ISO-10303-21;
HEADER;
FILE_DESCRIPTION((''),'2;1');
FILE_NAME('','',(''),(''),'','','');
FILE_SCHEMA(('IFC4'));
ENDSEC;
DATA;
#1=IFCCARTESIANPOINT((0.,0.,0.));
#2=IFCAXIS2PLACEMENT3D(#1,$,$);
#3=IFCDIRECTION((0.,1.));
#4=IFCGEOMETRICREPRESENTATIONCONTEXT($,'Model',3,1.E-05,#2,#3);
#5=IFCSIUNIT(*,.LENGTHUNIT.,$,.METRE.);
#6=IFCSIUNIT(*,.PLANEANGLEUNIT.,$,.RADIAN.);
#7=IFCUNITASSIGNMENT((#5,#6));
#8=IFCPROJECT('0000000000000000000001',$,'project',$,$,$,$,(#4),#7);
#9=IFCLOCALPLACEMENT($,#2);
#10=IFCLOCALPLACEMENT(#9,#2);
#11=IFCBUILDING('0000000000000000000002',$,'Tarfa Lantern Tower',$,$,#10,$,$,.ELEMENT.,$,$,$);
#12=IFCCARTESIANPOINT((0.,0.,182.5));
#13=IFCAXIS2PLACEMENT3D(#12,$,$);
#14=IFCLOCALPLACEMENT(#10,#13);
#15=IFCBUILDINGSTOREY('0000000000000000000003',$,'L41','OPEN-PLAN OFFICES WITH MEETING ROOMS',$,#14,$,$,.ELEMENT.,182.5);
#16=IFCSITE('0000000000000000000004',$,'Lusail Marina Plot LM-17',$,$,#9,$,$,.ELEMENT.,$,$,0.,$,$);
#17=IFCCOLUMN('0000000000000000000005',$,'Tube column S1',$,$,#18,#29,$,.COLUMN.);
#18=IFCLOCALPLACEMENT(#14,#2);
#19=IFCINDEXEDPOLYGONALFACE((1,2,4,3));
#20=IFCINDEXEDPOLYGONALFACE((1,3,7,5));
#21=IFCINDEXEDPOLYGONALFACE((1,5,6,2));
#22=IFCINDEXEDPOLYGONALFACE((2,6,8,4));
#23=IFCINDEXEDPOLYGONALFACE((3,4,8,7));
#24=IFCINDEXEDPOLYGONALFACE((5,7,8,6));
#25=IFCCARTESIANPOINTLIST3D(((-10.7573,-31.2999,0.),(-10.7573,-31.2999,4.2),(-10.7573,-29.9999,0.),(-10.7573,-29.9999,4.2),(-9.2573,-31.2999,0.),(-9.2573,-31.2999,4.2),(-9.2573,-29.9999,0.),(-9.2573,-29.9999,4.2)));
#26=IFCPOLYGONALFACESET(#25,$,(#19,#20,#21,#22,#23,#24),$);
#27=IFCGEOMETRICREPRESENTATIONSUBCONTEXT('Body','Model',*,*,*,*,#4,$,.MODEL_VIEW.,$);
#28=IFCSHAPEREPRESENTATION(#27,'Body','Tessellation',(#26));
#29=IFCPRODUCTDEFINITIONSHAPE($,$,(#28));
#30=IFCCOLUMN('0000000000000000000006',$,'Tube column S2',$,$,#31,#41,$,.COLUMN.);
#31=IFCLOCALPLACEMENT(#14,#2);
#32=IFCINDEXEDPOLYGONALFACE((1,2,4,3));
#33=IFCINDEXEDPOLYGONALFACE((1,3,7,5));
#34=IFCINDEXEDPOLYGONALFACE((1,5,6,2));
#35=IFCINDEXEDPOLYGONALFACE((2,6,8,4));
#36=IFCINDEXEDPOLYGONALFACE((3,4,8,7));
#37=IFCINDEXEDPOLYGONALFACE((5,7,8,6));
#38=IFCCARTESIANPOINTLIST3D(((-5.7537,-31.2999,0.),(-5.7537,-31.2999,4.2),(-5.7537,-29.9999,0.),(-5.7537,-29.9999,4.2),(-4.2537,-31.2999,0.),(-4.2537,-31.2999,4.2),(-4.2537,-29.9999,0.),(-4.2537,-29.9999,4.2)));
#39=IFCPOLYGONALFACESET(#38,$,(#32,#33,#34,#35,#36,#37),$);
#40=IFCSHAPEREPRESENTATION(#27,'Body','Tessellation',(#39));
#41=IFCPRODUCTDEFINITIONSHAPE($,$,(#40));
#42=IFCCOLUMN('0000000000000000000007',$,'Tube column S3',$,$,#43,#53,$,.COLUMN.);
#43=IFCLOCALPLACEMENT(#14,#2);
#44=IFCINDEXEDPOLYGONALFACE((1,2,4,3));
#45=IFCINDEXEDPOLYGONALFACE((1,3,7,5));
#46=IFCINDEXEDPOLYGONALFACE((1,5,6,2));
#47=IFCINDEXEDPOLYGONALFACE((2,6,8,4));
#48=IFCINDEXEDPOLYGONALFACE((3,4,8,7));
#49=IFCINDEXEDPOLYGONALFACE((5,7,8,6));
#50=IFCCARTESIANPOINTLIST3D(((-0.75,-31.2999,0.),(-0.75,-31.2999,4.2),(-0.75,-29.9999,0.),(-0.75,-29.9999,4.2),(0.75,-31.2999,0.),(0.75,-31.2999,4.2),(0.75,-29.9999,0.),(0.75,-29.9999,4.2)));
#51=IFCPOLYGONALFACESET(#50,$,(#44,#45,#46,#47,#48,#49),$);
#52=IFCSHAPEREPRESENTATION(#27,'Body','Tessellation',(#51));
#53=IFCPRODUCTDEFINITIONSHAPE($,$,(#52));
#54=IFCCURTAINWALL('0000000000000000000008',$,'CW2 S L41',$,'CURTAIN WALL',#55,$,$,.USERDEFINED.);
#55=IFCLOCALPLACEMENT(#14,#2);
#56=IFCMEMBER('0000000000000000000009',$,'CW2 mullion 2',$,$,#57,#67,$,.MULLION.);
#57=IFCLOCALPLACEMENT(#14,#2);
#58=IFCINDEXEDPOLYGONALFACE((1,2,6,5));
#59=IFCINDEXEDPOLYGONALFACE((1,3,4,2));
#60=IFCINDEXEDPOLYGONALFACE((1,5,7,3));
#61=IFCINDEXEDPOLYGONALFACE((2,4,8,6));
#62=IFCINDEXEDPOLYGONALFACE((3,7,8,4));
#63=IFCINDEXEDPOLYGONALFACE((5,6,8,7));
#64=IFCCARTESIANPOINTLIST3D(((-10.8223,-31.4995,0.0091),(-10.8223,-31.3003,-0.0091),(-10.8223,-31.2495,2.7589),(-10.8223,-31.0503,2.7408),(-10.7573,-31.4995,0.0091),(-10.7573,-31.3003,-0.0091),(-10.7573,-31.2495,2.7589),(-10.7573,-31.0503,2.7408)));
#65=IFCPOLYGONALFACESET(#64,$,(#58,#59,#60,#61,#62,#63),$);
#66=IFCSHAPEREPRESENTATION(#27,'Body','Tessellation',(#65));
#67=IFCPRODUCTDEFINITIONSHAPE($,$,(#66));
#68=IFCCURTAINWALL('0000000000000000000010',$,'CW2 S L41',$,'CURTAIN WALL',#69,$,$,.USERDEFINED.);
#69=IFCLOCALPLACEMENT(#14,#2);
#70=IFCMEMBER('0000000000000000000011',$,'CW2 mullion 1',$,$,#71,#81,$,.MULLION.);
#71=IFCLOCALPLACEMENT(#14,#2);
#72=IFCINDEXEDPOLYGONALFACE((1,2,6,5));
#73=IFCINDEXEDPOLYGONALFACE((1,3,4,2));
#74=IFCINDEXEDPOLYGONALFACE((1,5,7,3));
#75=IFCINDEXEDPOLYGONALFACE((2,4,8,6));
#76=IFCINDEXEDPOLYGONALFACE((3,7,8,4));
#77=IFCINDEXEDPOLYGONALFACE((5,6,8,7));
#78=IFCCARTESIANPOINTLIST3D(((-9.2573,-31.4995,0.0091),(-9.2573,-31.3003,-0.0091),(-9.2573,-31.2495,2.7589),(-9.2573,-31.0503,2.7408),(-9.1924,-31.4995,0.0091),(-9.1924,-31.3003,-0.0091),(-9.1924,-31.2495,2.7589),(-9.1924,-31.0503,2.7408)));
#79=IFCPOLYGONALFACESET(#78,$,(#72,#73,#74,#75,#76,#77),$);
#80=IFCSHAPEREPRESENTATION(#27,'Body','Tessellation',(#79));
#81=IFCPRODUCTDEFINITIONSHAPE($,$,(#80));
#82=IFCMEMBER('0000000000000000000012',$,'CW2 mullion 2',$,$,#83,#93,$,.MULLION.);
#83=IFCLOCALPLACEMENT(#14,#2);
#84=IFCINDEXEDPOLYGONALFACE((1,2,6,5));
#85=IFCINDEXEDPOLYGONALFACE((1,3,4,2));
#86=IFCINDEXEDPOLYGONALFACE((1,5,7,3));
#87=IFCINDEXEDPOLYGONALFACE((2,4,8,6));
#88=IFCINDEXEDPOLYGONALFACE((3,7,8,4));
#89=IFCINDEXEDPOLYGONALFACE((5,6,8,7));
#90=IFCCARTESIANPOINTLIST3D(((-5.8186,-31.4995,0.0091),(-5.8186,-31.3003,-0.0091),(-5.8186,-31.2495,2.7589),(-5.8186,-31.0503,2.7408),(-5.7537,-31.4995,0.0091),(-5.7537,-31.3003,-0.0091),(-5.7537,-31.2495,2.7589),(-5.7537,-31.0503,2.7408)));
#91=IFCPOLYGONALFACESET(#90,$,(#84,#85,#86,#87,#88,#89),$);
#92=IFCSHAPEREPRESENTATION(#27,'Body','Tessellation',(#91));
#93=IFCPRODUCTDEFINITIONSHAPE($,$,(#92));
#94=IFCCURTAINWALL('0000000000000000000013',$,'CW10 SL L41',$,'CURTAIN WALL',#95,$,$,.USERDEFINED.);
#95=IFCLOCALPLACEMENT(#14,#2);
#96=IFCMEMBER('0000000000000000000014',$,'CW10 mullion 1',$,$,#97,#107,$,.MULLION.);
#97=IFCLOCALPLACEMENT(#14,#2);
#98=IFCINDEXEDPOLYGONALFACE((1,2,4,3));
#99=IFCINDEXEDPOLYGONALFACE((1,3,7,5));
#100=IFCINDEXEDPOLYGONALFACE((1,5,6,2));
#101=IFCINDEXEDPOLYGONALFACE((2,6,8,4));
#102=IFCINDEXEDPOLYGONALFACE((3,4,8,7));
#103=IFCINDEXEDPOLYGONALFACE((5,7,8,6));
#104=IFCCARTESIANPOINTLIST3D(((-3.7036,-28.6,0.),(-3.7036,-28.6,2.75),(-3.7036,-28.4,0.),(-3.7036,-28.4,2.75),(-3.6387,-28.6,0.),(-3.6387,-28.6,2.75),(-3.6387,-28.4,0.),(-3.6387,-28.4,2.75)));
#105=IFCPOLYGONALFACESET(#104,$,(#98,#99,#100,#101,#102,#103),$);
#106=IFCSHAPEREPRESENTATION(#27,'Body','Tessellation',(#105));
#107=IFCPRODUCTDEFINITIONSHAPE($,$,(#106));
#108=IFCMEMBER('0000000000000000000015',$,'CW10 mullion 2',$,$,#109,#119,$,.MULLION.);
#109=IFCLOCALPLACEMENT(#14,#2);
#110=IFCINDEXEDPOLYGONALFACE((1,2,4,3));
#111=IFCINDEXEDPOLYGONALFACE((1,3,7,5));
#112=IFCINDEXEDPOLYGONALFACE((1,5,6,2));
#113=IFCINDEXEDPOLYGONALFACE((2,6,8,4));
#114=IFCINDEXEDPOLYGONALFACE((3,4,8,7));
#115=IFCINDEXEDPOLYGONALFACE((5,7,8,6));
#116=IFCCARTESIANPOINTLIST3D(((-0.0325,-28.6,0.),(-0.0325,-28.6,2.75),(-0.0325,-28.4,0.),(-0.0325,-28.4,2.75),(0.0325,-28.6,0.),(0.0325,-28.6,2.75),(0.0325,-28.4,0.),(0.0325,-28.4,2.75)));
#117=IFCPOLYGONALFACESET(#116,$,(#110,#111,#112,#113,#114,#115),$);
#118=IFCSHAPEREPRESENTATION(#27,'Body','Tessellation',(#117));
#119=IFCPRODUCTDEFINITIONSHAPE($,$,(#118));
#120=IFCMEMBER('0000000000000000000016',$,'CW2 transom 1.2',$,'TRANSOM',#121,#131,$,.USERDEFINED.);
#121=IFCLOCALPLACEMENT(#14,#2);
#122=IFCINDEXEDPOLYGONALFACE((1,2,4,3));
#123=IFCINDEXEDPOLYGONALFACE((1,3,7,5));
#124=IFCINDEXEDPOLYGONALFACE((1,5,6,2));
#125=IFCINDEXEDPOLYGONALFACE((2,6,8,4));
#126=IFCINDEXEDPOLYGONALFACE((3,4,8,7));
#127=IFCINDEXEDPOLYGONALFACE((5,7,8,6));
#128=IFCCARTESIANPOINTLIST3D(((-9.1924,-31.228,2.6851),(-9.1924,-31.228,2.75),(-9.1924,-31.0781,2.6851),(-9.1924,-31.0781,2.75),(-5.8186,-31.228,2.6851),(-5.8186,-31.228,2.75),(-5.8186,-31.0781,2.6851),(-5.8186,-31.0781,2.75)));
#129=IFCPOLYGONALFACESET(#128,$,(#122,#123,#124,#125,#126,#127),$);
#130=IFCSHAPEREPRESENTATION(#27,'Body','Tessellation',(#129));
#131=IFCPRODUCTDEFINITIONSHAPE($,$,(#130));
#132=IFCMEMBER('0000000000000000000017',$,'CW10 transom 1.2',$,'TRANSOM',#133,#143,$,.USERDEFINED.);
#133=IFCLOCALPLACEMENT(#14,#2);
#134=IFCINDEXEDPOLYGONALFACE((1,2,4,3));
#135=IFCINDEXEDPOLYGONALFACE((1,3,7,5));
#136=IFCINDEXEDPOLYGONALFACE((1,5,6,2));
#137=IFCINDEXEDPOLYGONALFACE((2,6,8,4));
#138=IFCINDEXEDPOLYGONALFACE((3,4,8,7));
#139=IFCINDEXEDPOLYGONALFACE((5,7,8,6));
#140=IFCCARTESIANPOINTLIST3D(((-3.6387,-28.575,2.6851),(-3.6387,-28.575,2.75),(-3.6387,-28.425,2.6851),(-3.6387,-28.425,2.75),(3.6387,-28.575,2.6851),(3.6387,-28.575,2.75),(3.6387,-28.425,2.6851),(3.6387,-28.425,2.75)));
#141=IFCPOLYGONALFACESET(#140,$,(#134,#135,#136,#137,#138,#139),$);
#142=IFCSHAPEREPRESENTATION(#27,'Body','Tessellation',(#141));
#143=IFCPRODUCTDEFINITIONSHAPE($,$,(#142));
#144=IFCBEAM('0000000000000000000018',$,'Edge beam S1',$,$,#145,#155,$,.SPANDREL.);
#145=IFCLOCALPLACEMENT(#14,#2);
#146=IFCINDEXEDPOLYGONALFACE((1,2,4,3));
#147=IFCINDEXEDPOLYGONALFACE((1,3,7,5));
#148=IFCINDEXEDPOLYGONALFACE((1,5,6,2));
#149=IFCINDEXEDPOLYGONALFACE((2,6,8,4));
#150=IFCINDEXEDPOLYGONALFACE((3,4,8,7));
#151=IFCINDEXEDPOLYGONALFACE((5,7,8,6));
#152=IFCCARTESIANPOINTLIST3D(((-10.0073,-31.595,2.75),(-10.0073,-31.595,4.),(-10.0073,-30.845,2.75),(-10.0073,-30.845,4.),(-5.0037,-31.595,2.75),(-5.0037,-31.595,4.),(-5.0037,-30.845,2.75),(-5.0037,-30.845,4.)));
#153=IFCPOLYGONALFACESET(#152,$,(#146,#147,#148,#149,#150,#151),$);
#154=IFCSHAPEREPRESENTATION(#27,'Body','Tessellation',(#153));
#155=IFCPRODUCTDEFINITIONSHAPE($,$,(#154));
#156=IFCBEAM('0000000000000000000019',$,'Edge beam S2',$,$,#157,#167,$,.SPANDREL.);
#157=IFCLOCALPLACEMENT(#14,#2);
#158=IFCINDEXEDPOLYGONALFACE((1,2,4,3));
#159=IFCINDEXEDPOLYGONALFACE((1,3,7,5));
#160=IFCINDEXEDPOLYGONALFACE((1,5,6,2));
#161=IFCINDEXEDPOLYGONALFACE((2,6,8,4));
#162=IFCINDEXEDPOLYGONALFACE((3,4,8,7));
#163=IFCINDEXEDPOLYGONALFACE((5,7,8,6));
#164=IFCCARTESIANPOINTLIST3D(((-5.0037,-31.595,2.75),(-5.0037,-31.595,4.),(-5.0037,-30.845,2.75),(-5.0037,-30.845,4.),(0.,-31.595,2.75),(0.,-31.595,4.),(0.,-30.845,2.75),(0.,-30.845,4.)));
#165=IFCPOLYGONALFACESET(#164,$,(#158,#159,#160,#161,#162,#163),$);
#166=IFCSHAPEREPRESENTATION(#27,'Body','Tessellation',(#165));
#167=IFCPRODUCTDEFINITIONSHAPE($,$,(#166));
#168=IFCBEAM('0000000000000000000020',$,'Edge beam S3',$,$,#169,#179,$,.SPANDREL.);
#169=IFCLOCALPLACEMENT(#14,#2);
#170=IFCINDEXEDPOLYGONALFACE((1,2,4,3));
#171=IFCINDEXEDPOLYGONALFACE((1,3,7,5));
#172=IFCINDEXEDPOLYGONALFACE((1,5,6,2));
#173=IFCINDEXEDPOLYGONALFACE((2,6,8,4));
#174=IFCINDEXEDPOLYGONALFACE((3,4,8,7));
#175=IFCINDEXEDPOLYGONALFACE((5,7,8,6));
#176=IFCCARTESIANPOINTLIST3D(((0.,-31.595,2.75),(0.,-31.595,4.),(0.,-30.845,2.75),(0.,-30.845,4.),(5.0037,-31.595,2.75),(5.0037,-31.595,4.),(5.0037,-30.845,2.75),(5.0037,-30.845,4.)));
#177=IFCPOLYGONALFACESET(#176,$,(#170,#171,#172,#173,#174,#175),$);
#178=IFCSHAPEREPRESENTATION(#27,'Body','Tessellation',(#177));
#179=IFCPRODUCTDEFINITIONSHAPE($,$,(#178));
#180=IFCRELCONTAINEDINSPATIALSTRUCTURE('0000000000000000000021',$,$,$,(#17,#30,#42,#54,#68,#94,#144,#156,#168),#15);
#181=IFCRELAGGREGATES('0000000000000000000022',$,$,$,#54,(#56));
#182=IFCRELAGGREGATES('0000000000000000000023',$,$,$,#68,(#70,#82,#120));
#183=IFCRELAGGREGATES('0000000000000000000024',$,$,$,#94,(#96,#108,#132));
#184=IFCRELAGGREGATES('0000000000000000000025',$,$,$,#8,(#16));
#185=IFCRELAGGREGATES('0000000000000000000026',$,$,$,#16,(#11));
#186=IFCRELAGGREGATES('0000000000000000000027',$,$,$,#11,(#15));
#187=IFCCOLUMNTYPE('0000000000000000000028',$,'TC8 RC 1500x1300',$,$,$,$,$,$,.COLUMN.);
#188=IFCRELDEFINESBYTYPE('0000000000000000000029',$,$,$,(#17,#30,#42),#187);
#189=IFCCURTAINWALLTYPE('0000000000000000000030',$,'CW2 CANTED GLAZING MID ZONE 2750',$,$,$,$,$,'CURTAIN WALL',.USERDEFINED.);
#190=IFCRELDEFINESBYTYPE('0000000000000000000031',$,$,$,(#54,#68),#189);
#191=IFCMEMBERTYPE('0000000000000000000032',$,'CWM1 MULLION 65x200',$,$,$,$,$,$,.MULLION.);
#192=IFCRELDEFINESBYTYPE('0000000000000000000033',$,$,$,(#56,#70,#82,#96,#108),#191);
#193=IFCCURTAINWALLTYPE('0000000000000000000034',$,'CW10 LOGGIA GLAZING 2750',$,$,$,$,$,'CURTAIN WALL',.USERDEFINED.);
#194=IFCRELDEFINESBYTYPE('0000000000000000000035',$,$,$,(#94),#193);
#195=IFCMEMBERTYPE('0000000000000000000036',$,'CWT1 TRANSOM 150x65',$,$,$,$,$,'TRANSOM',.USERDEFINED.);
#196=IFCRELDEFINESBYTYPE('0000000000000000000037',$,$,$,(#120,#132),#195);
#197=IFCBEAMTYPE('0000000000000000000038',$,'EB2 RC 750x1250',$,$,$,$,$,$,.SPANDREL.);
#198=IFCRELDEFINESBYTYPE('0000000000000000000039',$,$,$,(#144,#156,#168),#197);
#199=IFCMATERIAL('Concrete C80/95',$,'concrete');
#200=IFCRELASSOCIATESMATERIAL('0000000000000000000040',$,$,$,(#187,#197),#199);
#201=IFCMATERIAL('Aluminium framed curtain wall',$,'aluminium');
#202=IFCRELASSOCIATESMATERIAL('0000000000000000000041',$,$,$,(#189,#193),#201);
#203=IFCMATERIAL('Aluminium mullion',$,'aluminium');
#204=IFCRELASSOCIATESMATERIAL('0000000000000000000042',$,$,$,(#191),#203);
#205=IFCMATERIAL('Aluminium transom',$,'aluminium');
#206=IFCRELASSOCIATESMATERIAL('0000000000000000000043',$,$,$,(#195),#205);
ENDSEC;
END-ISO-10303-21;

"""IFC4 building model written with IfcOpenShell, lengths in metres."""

from ifc_helpers import new_model, si_unit, direction, frame, origin, origin_2d, place, context, subcontext, project, spatial, rectangle, extrude, material, material_profile, profile_set, type_object, element, aggregate, save


model = new_model("IFC4")

# Units and contexts
model_context = context("Model", 3, precision=1e-05, world=origin(), true_north=direction((0.0, 1.0)))
body_context = subcontext(model_context, "Body", "Model", "MODEL_VIEW")
ifc_project = project(units=[si_unit("LENGTHUNIT", "METRE"), si_unit("PLANEANGLEUNIT", "RADIAN")], contexts=[model_context])

# Site, building, storey
site_placement = place(None, origin())
site = spatial("IfcSite", under=ifc_project, at=site_placement, Name="Lusail Marina Plot LM-17", CompositionType="ELEMENT", RefElevation=0.0)
building_placement = place(site_placement, origin())
building = spatial("IfcBuilding", under=site, at=building_placement, Name="Tarfa Lantern Tower", CompositionType="ELEMENT")
storey_placement = place(building_placement, frame((0.0, 0.0, 182.5)))
storey = spatial("IfcBuildingStorey", under=building, at=storey_placement, Name="L41", Description="OPEN-PLAN OFFICES WITH MEETING ROOMS", CompositionType="ELEMENT", Elevation=182.5)

# Columns
ifc_material_1 = material(Name="Concrete C80/95", Category="concrete")
ifc_material_profile_1 = material_profile(ifc_material_1, rectangle(XDim=1.5, YDim=1.3, at=origin_2d()), Name="RC 1500x1300")
ifc_profile_set_1 = profile_set([ifc_material_profile_1], Name="Concrete C80/95")
column_type = type_object("IfcColumnType", Name="TC8 RC 1500x1300", PredefinedType="COLUMN", material=ifc_profile_set_1)
for number, where, z_axis, x_axis, name in (
    (1, (-10.0073, -30.6499, 0.0), (0.0, 0.0, 1.0), (1.0, 0.0, 0.0), "Tube column S1"),
    (2, (-5.0037, -30.6499, 0.0), (0.0, 0.0, 1.0), (1.0, 0.0, 0.0), "Tube column S2"),
    (3, (0.0, -30.6499, 0.0), (0.0, 0.0, 1.0), (1.0, 0.0, 0.0), "Tube column S3"),
):
    element("IfcColumn", number, at=place(storey_placement, frame(where, z_axis=z_axis, x_axis=x_axis)), inside=storey, type_object=column_type, Name=name, PredefinedType="COLUMN", context=body_context, shape_type="SweptSolid", body=[
        extrude(rectangle(XDim=1.5, YDim=1.3, at=origin_2d()), origin(), (0.0, 0.0, 1.0), 4.2),
    ])

# Curtain wall, member
ifc_material_2 = material(Name="Aluminium framed curtain wall", Category="aluminium")
curtain_wall_type_1 = type_object("IfcCurtainWallType", Name="CW2 CANTED GLAZING MID ZONE 2750", ElementType="CURTAIN WALL", PredefinedType="USERDEFINED", material=ifc_material_2)
curtain_wall_1_placement = place(storey_placement, origin())
curtain_wall_1 = element("IfcCurtainWall", 4, at=curtain_wall_1_placement, inside=storey, type_object=curtain_wall_type_1, Name="CW2 S L41", ObjectType="CURTAIN WALL", PredefinedType="USERDEFINED")
ifc_material_3 = material(Name="Aluminium mullion", Category="aluminium")
ifc_material_profile_2 = material_profile(ifc_material_3, rectangle(XDim=0.0649, YDim=0.2, at=origin_2d()), Name="AL MULLION 65x200")
ifc_profile_set_2 = profile_set([ifc_material_profile_2], Name="Aluminium mullion")
member_type_1 = type_object("IfcMemberType", Name="CWM1 MULLION 65x200", PredefinedType="MULLION", material=ifc_profile_set_2)
member_1_placement = place(storey_placement, frame((-10.7898, -31.3999, 0.0), z_axis=(0.0, 0.090536, 0.995893), x_axis=(-1.0, 0.0, 0.0)))
member_1 = element("IfcMember", 5, at=member_1_placement, type_object=member_type_1, Name="CW2 mullion 2", PredefinedType="MULLION", context=body_context, shape_type="SweptSolid", body=[
    extrude(rectangle(XDim=0.0649, YDim=0.2, at=origin_2d()), origin(), (0.0, 0.0, 1.0), 2.7612),
])
aggregate(curtain_wall_1, [member_1])

# Curtain walls, members
curtain_wall_2_placement = place(storey_placement, origin())
curtain_wall_2 = element("IfcCurtainWall", 6, at=curtain_wall_2_placement, inside=storey, type_object=curtain_wall_type_1, Name="CW2 S L41", ObjectType="CURTAIN WALL", PredefinedType="USERDEFINED")
member_2_placement = place(storey_placement, frame((-9.2249, -31.3999, 0.0), z_axis=(0.0, 0.090536, 0.995893), x_axis=(-1.0, 0.0, 0.0)))
member_2 = element("IfcMember", 7, at=member_2_placement, type_object=member_type_1, Name="CW2 mullion 1", PredefinedType="MULLION", context=body_context, shape_type="SweptSolid", body=[
    extrude(rectangle(XDim=0.0649, YDim=0.2, at=origin_2d()), origin(), (0.0, 0.0, 1.0), 2.7612),
])
member_3_placement = place(storey_placement, frame((-5.7861, -31.3999, 0.0), z_axis=(0.0, 0.090536, 0.995893), x_axis=(-1.0, 0.0, 0.0)))
member_3 = element("IfcMember", 8, at=member_3_placement, type_object=member_type_1, Name="CW2 mullion 2", PredefinedType="MULLION", context=body_context, shape_type="SweptSolid", body=[
    extrude(rectangle(XDim=0.0649, YDim=0.2, at=origin_2d()), origin(), (0.0, 0.0, 1.0), 2.7612),
])
curtain_wall_type_2 = type_object("IfcCurtainWallType", Name="CW10 LOGGIA GLAZING 2750", ElementType="CURTAIN WALL", PredefinedType="USERDEFINED", material=ifc_material_2)
curtain_wall_3_placement = place(storey_placement, origin())
curtain_wall_3 = element("IfcCurtainWall", 9, at=curtain_wall_3_placement, inside=storey, type_object=curtain_wall_type_2, Name="CW10 SL L41", ObjectType="CURTAIN WALL", PredefinedType="USERDEFINED")
member_4_placement = place(storey_placement, frame((-3.6711, -28.5, 0.0), z_axis=(0.0, 0.0, 1.0), x_axis=(1.0, 0.0, 0.0)))
member_4 = element("IfcMember", 10, at=member_4_placement, type_object=member_type_1, Name="CW10 mullion 1", PredefinedType="MULLION", context=body_context, shape_type="SweptSolid", body=[
    extrude(rectangle(XDim=0.0649, YDim=0.2, at=origin_2d()), origin(), (0.0, 0.0, 1.0), 2.75),
])
member_5_placement = place(storey_placement, frame((0.0, -28.5, 0.0), z_axis=(0.0, 0.0, 1.0), x_axis=(1.0, 0.0, 0.0)))
member_5 = element("IfcMember", 11, at=member_5_placement, type_object=member_type_1, Name="CW10 mullion 2", PredefinedType="MULLION", context=body_context, shape_type="SweptSolid", body=[
    extrude(rectangle(XDim=0.0649, YDim=0.2, at=origin_2d()), origin(), (0.0, 0.0, 1.0), 2.75),
])

# Members
ifc_material_4 = material(Name="Aluminium transom", Category="aluminium")
ifc_material_profile_3 = material_profile(ifc_material_4, rectangle(XDim=0.1499, YDim=0.0649, at=origin_2d()), Name="AL TRANSOM 150x65")
ifc_profile_set_3 = profile_set([ifc_material_profile_3], Name="Aluminium transom")
member_type_2 = type_object("IfcMemberType", Name="CWT1 TRANSOM 150x65", ElementType="TRANSOM", PredefinedType="USERDEFINED", material=ifc_profile_set_3)
member_6_placement = place(storey_placement, frame((-9.1924, -31.1531, 2.7175), z_axis=(1.0, 0.0, 0.0), x_axis=(0.0, 1.0, 0.0)))
member_6 = element("IfcMember", 12, at=member_6_placement, type_object=member_type_2, Name="CW2 transom 1.2", ObjectType="TRANSOM", PredefinedType="USERDEFINED", context=body_context, shape_type="SweptSolid", body=[
    extrude(rectangle(XDim=0.1499, YDim=0.0649, at=origin_2d()), origin(), (0.0, 0.0, 1.0), 3.3738),
])
member_7_placement = place(storey_placement, frame((-3.6387, -28.5, 2.7175), z_axis=(1.0, 0.0, 0.0), x_axis=(0.0, 1.0, 0.0)))
member_7 = element("IfcMember", 13, at=member_7_placement, type_object=member_type_2, Name="CW10 transom 1.2", ObjectType="TRANSOM", PredefinedType="USERDEFINED", context=body_context, shape_type="SweptSolid", body=[
    extrude(rectangle(XDim=0.1499, YDim=0.0649, at=origin_2d()), origin(), (0.0, 0.0, 1.0), 7.2773),
])

# Beams
ifc_material_profile_4 = material_profile(ifc_material_1, rectangle(XDim=0.75, YDim=1.25, at=origin_2d()), Name="RC 750x1250")
ifc_profile_set_4 = profile_set([ifc_material_profile_4], Name="Concrete C80/95")
beam_type_1 = type_object("IfcBeamType", Name="EB2 RC 750x1250", PredefinedType="SPANDREL", material=ifc_profile_set_4)
for number, where, z_axis, x_axis, name in (
    (14, (-10.0073, -31.22, 3.375), (1.0, 0.0, 0.0), (0.0, 1.0, 0.0), "Edge beam S1"),
    (15, (-5.0037, -31.22, 3.375), (1.0, 0.0, 0.0), (0.0, 1.0, 0.0), "Edge beam S2"),
    (16, (0.0, -31.22, 3.375), (1.0, 0.0, 0.0), (0.0, 1.0, 0.0), "Edge beam S3"),
):
    element("IfcBeam", number, at=place(storey_placement, frame(where, z_axis=z_axis, x_axis=x_axis)), inside=storey, type_object=beam_type_1, Name=name, PredefinedType="SPANDREL", context=body_context, shape_type="SweptSolid", body=[
        extrude(rectangle(XDim=0.75, YDim=1.25, at=origin_2d()), origin(), (0.0, 0.0, 1.0), 5.0037),
    ])

aggregate(curtain_wall_2, [member_2, member_3, member_6])
aggregate(curtain_wall_3, [member_4, member_5, member_7])

save(model, "model.ifc")
